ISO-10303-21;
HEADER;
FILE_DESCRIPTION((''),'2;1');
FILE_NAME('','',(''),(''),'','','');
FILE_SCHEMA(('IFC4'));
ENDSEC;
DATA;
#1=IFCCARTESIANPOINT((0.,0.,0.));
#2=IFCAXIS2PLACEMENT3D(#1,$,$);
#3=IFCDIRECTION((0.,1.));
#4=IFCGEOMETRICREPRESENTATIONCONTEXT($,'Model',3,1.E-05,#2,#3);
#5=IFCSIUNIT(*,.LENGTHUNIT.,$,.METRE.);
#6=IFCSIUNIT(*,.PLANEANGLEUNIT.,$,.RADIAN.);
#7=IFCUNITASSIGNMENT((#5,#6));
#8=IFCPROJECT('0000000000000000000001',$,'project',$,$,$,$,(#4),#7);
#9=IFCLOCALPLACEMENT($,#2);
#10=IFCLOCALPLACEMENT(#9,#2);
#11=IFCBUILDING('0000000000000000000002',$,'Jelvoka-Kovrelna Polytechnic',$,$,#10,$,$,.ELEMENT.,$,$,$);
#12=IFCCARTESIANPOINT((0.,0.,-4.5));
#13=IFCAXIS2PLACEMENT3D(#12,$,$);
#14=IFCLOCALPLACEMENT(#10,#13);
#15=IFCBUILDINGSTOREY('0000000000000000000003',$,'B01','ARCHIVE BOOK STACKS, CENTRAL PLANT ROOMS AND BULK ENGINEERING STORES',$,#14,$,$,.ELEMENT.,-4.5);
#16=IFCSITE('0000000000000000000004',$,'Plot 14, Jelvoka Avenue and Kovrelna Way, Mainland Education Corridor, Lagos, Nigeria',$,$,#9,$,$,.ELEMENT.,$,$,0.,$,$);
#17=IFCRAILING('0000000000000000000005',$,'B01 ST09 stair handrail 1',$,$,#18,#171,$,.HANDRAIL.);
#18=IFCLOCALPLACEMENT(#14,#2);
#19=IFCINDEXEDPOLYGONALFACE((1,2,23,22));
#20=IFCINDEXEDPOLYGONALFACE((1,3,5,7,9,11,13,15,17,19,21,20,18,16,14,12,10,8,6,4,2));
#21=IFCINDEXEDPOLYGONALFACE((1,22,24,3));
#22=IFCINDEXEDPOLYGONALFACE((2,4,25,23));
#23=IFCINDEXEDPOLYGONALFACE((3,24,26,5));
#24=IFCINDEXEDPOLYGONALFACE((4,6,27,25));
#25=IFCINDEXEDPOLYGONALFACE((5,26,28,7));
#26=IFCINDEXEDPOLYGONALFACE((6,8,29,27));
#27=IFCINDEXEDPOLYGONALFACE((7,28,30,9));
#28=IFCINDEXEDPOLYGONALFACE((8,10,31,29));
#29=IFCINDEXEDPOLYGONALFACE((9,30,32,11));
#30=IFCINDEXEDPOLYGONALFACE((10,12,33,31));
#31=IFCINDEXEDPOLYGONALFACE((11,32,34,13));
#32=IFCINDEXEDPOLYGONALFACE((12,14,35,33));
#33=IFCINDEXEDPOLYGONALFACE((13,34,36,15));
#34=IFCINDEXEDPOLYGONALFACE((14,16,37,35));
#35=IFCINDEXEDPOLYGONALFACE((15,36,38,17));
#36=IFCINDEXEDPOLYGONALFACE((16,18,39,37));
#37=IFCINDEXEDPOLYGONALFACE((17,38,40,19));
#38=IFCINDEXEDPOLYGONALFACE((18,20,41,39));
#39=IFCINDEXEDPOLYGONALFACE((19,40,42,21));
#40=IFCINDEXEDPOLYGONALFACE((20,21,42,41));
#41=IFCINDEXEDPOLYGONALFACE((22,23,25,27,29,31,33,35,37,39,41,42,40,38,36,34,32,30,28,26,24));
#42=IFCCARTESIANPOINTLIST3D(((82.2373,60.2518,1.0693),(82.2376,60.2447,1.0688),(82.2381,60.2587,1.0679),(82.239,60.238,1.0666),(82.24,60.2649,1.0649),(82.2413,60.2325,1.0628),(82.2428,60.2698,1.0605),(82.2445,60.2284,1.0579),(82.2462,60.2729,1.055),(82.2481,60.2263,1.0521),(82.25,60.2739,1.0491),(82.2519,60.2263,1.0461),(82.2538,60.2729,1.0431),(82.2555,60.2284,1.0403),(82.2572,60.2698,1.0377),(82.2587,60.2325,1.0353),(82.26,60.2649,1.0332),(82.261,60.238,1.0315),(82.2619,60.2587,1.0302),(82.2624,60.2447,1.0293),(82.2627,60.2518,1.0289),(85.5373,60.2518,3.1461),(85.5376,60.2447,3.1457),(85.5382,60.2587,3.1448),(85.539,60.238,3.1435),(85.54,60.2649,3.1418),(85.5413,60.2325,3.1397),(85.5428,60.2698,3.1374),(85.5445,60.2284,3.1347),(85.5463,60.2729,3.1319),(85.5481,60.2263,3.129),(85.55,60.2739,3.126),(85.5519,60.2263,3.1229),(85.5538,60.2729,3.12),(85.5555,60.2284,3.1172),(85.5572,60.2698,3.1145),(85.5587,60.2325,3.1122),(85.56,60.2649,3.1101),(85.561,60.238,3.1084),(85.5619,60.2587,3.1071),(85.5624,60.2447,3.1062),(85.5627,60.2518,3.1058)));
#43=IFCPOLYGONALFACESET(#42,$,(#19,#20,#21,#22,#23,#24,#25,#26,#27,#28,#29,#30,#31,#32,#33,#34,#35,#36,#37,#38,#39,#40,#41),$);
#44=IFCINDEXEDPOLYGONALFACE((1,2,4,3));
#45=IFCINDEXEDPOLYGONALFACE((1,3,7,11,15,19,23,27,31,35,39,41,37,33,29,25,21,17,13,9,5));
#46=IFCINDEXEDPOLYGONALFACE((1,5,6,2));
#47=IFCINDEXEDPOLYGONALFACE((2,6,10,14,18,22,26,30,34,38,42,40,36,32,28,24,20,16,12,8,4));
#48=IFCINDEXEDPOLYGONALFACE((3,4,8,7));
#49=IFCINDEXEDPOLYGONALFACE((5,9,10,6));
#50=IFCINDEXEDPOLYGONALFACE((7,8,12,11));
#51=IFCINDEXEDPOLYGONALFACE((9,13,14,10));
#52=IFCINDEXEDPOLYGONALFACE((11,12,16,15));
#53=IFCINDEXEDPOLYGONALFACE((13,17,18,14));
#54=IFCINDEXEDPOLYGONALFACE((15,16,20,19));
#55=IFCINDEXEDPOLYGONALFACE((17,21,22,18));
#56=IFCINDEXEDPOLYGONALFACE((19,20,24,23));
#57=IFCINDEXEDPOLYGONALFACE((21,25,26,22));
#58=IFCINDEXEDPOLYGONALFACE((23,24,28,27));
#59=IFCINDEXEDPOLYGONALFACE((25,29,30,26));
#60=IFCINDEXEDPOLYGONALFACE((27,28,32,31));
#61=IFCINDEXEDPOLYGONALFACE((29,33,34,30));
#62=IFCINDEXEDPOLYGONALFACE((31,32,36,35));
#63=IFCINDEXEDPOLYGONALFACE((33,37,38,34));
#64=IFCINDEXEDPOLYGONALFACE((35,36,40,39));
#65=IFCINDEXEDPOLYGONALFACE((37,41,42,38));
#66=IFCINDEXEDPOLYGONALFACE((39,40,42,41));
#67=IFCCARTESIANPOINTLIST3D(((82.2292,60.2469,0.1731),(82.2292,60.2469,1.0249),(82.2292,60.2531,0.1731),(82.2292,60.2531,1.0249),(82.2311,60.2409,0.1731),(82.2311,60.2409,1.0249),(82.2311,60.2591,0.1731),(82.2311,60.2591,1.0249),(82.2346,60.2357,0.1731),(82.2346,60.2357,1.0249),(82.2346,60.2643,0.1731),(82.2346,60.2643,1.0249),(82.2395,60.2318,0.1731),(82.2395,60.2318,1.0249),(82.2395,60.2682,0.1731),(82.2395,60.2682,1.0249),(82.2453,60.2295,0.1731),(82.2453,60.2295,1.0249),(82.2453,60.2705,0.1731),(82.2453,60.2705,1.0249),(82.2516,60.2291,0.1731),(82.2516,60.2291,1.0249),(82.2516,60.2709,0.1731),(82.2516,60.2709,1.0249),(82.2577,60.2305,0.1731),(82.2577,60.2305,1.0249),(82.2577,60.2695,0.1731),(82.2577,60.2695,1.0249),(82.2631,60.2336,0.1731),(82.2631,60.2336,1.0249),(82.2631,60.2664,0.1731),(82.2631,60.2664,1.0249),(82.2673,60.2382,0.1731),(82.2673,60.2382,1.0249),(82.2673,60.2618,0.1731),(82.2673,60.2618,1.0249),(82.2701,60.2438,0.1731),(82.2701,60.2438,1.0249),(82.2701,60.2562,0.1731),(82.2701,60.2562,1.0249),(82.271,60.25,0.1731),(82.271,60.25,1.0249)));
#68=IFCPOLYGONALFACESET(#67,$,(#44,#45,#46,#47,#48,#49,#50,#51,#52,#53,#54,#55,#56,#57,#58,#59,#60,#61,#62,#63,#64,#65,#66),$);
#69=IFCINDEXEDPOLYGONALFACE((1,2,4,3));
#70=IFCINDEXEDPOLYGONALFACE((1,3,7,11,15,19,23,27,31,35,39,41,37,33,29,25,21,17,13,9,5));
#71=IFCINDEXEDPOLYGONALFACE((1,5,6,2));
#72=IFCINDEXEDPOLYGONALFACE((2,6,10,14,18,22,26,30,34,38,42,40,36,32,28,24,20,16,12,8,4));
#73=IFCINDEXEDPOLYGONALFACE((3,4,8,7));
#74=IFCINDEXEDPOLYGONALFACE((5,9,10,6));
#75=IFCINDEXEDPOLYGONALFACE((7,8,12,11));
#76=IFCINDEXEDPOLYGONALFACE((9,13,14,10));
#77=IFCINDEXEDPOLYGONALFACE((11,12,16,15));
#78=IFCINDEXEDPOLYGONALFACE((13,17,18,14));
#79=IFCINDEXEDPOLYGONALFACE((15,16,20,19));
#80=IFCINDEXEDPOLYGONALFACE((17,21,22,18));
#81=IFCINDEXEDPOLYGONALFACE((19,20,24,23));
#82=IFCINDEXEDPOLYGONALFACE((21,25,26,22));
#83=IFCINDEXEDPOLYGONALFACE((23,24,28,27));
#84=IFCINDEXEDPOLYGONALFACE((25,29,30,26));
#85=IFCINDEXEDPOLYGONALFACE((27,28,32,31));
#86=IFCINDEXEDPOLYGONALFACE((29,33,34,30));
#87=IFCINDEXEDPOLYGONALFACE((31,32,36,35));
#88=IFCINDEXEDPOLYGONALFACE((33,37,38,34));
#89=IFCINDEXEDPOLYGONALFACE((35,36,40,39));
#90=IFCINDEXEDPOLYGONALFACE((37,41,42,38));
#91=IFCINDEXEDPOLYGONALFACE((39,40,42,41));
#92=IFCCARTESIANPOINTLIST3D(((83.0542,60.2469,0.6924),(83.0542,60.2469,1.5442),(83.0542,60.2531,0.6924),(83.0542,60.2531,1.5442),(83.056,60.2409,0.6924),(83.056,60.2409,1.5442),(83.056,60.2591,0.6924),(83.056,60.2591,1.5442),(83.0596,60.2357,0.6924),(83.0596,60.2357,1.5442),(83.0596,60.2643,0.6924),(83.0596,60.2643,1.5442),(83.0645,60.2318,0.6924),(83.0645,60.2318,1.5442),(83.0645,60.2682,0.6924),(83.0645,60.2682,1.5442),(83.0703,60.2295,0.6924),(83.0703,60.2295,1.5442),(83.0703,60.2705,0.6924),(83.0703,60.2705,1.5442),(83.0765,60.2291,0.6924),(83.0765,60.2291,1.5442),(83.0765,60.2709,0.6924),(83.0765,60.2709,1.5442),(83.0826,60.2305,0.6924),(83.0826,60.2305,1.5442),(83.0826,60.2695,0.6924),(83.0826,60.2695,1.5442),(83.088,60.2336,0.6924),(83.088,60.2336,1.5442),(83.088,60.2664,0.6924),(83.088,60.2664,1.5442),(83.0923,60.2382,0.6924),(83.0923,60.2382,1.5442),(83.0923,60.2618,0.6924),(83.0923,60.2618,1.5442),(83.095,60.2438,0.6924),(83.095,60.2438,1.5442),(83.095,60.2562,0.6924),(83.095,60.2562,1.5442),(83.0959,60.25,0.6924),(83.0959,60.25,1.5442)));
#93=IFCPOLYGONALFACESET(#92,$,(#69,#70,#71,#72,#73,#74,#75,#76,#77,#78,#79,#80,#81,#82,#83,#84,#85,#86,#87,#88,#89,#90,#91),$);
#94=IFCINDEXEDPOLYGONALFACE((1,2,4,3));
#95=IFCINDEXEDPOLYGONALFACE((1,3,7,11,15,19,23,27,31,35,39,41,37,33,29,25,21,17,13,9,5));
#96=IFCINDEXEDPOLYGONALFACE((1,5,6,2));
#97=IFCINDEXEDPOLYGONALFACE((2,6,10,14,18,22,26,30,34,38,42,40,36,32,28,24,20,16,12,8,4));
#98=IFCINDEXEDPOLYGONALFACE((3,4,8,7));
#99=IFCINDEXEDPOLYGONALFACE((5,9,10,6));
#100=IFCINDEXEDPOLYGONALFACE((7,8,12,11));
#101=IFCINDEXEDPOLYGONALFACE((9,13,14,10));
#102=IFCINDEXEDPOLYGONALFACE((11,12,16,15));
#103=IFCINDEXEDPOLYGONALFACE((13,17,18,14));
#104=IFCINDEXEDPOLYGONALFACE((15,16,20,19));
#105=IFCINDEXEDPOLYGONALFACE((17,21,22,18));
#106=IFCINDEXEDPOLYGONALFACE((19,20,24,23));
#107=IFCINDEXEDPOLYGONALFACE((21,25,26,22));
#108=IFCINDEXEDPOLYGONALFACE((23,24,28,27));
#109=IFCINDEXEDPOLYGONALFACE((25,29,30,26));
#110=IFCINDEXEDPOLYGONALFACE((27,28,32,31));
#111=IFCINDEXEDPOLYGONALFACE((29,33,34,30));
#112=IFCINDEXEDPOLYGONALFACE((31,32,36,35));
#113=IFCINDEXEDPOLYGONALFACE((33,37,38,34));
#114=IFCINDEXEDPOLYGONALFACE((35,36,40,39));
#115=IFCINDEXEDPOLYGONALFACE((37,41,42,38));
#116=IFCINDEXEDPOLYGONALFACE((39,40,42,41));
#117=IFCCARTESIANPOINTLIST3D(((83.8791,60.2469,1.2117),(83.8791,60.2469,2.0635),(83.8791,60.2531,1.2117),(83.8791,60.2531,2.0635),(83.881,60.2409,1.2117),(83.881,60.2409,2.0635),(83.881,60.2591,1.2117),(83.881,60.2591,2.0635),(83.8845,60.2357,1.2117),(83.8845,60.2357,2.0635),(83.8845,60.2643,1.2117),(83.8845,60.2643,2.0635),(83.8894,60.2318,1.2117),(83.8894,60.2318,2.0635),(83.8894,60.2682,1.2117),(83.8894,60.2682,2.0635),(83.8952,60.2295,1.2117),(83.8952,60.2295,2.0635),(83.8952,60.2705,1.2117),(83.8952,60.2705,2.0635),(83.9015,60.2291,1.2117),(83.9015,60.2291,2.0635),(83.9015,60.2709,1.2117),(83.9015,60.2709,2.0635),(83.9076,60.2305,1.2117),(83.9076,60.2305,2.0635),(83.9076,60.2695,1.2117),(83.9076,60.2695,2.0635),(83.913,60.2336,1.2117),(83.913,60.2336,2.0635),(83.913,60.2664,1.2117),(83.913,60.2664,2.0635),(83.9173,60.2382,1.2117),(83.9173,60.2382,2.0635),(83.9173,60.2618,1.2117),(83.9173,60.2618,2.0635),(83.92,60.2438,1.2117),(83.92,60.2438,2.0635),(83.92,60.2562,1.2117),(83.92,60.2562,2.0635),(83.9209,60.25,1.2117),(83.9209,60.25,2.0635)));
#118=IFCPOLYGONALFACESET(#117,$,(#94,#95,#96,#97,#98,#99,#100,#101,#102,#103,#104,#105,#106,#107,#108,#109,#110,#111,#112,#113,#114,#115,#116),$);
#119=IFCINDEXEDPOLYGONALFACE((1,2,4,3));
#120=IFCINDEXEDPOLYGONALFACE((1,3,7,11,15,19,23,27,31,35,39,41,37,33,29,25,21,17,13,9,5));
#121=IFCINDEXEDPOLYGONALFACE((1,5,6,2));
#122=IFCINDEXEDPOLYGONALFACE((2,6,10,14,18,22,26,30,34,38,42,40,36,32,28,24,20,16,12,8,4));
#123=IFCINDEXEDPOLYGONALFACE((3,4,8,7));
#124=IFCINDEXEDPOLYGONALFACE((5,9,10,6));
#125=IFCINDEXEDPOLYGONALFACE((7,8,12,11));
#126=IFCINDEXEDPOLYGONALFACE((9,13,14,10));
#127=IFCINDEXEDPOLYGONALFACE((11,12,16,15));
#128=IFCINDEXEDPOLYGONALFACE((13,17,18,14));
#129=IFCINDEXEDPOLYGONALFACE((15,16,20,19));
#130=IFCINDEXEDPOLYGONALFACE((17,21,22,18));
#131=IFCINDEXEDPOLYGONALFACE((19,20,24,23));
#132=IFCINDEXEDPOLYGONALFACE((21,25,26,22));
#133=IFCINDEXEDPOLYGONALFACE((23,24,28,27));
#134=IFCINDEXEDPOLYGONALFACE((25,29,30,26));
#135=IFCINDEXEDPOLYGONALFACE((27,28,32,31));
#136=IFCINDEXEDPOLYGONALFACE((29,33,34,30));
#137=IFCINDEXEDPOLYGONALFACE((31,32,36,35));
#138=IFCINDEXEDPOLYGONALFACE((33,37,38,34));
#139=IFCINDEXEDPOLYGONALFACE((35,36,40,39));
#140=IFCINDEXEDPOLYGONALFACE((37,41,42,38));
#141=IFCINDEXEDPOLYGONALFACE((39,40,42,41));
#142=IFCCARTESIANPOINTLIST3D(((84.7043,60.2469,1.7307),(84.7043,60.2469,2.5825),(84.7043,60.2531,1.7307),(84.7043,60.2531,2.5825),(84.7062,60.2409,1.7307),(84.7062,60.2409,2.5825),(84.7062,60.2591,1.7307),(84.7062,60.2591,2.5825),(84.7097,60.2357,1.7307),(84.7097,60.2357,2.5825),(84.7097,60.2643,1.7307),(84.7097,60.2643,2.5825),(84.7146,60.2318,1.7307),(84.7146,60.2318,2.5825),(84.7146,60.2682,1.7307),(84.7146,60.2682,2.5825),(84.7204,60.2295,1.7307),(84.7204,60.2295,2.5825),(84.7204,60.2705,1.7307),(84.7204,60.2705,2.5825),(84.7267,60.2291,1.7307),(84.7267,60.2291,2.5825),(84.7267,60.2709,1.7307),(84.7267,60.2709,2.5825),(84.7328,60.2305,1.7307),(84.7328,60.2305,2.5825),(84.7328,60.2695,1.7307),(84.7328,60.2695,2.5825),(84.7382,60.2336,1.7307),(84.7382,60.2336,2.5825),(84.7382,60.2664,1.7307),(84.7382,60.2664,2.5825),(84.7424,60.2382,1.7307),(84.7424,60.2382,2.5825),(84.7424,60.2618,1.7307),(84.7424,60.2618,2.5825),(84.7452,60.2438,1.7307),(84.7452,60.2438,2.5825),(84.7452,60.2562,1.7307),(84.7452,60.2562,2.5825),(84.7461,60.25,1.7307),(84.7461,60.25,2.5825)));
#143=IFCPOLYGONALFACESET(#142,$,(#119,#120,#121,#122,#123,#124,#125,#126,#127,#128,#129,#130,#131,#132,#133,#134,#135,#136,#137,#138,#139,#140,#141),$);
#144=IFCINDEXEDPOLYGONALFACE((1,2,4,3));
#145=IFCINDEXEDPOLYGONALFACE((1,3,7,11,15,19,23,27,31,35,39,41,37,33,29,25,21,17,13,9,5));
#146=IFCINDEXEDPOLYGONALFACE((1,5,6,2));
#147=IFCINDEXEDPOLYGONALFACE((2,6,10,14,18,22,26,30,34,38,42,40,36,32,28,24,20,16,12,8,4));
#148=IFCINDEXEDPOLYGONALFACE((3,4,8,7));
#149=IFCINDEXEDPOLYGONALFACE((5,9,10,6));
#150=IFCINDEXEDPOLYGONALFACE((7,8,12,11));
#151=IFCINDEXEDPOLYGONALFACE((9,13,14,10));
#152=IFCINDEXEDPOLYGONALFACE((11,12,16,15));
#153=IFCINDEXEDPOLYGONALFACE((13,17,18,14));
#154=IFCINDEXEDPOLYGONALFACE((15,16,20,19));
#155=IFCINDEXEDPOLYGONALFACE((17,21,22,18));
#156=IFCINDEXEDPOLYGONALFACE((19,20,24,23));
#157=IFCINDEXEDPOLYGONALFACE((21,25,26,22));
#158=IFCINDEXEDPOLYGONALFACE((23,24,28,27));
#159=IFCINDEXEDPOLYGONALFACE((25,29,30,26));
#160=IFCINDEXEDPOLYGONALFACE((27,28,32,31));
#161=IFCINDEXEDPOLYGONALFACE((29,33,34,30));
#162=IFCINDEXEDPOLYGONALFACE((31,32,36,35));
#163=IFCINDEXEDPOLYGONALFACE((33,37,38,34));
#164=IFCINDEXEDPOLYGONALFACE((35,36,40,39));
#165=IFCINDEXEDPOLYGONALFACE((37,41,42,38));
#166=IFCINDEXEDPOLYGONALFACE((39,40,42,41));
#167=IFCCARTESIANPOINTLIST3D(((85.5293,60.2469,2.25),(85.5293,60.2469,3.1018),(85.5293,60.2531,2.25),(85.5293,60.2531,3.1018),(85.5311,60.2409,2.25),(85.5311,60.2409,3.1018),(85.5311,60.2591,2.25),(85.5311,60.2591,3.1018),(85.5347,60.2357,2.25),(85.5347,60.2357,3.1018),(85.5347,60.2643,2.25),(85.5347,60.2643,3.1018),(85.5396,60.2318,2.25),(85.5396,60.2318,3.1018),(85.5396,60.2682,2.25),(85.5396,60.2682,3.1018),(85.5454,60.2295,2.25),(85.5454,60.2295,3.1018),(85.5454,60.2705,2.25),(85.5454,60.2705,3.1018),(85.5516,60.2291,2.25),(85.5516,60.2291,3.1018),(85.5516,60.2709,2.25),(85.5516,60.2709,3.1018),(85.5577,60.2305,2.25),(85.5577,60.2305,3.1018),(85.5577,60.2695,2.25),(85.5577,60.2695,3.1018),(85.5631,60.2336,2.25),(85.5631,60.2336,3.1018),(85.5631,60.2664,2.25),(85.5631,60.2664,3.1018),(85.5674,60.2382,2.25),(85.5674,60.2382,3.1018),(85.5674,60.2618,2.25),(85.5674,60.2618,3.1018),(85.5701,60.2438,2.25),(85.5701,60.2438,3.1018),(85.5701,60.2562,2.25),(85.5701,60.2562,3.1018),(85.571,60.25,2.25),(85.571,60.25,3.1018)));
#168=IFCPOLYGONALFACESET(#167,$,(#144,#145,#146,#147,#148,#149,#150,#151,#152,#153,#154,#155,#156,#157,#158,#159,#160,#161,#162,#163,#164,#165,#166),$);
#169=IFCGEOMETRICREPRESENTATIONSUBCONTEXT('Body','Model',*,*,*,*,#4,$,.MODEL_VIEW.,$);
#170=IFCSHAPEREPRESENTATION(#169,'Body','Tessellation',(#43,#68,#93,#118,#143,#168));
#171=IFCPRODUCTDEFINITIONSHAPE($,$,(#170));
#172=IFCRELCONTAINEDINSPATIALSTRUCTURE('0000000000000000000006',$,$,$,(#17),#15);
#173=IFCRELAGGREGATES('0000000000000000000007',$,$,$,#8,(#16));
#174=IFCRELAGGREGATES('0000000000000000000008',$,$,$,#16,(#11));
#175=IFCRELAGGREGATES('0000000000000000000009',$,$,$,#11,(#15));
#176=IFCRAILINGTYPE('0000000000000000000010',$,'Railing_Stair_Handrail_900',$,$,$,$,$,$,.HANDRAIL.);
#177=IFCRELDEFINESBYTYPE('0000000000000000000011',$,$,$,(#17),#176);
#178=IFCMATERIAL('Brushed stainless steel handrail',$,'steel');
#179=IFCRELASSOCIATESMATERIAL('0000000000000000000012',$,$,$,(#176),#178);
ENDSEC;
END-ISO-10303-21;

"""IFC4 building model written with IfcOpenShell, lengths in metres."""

from ifc_helpers import new_model, si_unit, direction, frame, origin, origin_2d, place, context, subcontext, project, spatial, circle, extrude, material, type_object, element, save


model = new_model("IFC4")

# Units and contexts
model_context = context("Model", 3, precision=1e-05, world=origin(), true_north=direction((0.0, 1.0)))
body_context = subcontext(model_context, "Body", "Model", "MODEL_VIEW")
ifc_project = project(units=[si_unit("LENGTHUNIT", "METRE"), si_unit("PLANEANGLEUNIT", "RADIAN")], contexts=[model_context])

# Site, building, storey
site_placement = place(None, origin())
site = spatial("IfcSite", under=ifc_project, at=site_placement, Name="Plot 14, Jelvoka Avenue and Kovrelna Way, Mainland Education Corridor, Lagos, Nigeria", CompositionType="ELEMENT", RefElevation=0.0)
building_placement = place(site_placement, origin())
building = spatial("IfcBuilding", under=site, at=building_placement, Name="Jelvoka-Kovrelna Polytechnic", CompositionType="ELEMENT")
storey_placement = place(building_placement, frame((0.0, 0.0, -4.5)))
storey = spatial("IfcBuildingStorey", under=building, at=storey_placement, Name="B01", Description="ARCHIVE BOOK STACKS, CENTRAL PLANT ROOMS AND BULK ENGINEERING STORES", CompositionType="ELEMENT", Elevation=-4.5)

# Railing
ifc_material_1 = material(Name="Brushed stainless steel handrail", Category="steel")
railing_type_1 = type_object("IfcRailingType", Name="Railing_Stair_Handrail_900", PredefinedType="HANDRAIL", material=ifc_material_1)
railing_1_placement = place(storey_placement, frame((82.25, 60.25, 0.1731)))
element("IfcRailing", 1, at=railing_1_placement, inside=storey, type_object=railing_type_1, Name="B01 ST09 stair handrail 1", PredefinedType="HANDRAIL", context=body_context, shape_type="SweptSolid", body=[
    extrude(circle(Radius=0.0239, at=origin_2d()), frame((0.0, 0.0, 0.876), z_axis=(0.846337, 0.0, 0.532647), x_axis=(0.0, 1.0, 0.0)), (0.0, 0.0, 1.0), 3.8992),
    extrude(circle(Radius=0.021, at=origin_2d()), origin(), (0.0, 0.0, 1.0), 0.8518),
    extrude(circle(Radius=0.021, at=origin_2d()), frame((0.825, 0.0, 0.5193)), (0.0, 0.0, 1.0), 0.8518),
    extrude(circle(Radius=0.021, at=origin_2d()), frame((1.6499, 0.0, 1.0386)), (0.0, 0.0, 1.0), 0.8518),
    extrude(circle(Radius=0.021, at=origin_2d()), frame((2.4751, 0.0, 1.5576)), (0.0, 0.0, 1.0), 0.8518),
    extrude(circle(Radius=0.021, at=origin_2d()), frame((3.3, 0.0, 2.0769)), (0.0, 0.0, 1.0), 0.8518),
])

save(model, "model.ifc")
